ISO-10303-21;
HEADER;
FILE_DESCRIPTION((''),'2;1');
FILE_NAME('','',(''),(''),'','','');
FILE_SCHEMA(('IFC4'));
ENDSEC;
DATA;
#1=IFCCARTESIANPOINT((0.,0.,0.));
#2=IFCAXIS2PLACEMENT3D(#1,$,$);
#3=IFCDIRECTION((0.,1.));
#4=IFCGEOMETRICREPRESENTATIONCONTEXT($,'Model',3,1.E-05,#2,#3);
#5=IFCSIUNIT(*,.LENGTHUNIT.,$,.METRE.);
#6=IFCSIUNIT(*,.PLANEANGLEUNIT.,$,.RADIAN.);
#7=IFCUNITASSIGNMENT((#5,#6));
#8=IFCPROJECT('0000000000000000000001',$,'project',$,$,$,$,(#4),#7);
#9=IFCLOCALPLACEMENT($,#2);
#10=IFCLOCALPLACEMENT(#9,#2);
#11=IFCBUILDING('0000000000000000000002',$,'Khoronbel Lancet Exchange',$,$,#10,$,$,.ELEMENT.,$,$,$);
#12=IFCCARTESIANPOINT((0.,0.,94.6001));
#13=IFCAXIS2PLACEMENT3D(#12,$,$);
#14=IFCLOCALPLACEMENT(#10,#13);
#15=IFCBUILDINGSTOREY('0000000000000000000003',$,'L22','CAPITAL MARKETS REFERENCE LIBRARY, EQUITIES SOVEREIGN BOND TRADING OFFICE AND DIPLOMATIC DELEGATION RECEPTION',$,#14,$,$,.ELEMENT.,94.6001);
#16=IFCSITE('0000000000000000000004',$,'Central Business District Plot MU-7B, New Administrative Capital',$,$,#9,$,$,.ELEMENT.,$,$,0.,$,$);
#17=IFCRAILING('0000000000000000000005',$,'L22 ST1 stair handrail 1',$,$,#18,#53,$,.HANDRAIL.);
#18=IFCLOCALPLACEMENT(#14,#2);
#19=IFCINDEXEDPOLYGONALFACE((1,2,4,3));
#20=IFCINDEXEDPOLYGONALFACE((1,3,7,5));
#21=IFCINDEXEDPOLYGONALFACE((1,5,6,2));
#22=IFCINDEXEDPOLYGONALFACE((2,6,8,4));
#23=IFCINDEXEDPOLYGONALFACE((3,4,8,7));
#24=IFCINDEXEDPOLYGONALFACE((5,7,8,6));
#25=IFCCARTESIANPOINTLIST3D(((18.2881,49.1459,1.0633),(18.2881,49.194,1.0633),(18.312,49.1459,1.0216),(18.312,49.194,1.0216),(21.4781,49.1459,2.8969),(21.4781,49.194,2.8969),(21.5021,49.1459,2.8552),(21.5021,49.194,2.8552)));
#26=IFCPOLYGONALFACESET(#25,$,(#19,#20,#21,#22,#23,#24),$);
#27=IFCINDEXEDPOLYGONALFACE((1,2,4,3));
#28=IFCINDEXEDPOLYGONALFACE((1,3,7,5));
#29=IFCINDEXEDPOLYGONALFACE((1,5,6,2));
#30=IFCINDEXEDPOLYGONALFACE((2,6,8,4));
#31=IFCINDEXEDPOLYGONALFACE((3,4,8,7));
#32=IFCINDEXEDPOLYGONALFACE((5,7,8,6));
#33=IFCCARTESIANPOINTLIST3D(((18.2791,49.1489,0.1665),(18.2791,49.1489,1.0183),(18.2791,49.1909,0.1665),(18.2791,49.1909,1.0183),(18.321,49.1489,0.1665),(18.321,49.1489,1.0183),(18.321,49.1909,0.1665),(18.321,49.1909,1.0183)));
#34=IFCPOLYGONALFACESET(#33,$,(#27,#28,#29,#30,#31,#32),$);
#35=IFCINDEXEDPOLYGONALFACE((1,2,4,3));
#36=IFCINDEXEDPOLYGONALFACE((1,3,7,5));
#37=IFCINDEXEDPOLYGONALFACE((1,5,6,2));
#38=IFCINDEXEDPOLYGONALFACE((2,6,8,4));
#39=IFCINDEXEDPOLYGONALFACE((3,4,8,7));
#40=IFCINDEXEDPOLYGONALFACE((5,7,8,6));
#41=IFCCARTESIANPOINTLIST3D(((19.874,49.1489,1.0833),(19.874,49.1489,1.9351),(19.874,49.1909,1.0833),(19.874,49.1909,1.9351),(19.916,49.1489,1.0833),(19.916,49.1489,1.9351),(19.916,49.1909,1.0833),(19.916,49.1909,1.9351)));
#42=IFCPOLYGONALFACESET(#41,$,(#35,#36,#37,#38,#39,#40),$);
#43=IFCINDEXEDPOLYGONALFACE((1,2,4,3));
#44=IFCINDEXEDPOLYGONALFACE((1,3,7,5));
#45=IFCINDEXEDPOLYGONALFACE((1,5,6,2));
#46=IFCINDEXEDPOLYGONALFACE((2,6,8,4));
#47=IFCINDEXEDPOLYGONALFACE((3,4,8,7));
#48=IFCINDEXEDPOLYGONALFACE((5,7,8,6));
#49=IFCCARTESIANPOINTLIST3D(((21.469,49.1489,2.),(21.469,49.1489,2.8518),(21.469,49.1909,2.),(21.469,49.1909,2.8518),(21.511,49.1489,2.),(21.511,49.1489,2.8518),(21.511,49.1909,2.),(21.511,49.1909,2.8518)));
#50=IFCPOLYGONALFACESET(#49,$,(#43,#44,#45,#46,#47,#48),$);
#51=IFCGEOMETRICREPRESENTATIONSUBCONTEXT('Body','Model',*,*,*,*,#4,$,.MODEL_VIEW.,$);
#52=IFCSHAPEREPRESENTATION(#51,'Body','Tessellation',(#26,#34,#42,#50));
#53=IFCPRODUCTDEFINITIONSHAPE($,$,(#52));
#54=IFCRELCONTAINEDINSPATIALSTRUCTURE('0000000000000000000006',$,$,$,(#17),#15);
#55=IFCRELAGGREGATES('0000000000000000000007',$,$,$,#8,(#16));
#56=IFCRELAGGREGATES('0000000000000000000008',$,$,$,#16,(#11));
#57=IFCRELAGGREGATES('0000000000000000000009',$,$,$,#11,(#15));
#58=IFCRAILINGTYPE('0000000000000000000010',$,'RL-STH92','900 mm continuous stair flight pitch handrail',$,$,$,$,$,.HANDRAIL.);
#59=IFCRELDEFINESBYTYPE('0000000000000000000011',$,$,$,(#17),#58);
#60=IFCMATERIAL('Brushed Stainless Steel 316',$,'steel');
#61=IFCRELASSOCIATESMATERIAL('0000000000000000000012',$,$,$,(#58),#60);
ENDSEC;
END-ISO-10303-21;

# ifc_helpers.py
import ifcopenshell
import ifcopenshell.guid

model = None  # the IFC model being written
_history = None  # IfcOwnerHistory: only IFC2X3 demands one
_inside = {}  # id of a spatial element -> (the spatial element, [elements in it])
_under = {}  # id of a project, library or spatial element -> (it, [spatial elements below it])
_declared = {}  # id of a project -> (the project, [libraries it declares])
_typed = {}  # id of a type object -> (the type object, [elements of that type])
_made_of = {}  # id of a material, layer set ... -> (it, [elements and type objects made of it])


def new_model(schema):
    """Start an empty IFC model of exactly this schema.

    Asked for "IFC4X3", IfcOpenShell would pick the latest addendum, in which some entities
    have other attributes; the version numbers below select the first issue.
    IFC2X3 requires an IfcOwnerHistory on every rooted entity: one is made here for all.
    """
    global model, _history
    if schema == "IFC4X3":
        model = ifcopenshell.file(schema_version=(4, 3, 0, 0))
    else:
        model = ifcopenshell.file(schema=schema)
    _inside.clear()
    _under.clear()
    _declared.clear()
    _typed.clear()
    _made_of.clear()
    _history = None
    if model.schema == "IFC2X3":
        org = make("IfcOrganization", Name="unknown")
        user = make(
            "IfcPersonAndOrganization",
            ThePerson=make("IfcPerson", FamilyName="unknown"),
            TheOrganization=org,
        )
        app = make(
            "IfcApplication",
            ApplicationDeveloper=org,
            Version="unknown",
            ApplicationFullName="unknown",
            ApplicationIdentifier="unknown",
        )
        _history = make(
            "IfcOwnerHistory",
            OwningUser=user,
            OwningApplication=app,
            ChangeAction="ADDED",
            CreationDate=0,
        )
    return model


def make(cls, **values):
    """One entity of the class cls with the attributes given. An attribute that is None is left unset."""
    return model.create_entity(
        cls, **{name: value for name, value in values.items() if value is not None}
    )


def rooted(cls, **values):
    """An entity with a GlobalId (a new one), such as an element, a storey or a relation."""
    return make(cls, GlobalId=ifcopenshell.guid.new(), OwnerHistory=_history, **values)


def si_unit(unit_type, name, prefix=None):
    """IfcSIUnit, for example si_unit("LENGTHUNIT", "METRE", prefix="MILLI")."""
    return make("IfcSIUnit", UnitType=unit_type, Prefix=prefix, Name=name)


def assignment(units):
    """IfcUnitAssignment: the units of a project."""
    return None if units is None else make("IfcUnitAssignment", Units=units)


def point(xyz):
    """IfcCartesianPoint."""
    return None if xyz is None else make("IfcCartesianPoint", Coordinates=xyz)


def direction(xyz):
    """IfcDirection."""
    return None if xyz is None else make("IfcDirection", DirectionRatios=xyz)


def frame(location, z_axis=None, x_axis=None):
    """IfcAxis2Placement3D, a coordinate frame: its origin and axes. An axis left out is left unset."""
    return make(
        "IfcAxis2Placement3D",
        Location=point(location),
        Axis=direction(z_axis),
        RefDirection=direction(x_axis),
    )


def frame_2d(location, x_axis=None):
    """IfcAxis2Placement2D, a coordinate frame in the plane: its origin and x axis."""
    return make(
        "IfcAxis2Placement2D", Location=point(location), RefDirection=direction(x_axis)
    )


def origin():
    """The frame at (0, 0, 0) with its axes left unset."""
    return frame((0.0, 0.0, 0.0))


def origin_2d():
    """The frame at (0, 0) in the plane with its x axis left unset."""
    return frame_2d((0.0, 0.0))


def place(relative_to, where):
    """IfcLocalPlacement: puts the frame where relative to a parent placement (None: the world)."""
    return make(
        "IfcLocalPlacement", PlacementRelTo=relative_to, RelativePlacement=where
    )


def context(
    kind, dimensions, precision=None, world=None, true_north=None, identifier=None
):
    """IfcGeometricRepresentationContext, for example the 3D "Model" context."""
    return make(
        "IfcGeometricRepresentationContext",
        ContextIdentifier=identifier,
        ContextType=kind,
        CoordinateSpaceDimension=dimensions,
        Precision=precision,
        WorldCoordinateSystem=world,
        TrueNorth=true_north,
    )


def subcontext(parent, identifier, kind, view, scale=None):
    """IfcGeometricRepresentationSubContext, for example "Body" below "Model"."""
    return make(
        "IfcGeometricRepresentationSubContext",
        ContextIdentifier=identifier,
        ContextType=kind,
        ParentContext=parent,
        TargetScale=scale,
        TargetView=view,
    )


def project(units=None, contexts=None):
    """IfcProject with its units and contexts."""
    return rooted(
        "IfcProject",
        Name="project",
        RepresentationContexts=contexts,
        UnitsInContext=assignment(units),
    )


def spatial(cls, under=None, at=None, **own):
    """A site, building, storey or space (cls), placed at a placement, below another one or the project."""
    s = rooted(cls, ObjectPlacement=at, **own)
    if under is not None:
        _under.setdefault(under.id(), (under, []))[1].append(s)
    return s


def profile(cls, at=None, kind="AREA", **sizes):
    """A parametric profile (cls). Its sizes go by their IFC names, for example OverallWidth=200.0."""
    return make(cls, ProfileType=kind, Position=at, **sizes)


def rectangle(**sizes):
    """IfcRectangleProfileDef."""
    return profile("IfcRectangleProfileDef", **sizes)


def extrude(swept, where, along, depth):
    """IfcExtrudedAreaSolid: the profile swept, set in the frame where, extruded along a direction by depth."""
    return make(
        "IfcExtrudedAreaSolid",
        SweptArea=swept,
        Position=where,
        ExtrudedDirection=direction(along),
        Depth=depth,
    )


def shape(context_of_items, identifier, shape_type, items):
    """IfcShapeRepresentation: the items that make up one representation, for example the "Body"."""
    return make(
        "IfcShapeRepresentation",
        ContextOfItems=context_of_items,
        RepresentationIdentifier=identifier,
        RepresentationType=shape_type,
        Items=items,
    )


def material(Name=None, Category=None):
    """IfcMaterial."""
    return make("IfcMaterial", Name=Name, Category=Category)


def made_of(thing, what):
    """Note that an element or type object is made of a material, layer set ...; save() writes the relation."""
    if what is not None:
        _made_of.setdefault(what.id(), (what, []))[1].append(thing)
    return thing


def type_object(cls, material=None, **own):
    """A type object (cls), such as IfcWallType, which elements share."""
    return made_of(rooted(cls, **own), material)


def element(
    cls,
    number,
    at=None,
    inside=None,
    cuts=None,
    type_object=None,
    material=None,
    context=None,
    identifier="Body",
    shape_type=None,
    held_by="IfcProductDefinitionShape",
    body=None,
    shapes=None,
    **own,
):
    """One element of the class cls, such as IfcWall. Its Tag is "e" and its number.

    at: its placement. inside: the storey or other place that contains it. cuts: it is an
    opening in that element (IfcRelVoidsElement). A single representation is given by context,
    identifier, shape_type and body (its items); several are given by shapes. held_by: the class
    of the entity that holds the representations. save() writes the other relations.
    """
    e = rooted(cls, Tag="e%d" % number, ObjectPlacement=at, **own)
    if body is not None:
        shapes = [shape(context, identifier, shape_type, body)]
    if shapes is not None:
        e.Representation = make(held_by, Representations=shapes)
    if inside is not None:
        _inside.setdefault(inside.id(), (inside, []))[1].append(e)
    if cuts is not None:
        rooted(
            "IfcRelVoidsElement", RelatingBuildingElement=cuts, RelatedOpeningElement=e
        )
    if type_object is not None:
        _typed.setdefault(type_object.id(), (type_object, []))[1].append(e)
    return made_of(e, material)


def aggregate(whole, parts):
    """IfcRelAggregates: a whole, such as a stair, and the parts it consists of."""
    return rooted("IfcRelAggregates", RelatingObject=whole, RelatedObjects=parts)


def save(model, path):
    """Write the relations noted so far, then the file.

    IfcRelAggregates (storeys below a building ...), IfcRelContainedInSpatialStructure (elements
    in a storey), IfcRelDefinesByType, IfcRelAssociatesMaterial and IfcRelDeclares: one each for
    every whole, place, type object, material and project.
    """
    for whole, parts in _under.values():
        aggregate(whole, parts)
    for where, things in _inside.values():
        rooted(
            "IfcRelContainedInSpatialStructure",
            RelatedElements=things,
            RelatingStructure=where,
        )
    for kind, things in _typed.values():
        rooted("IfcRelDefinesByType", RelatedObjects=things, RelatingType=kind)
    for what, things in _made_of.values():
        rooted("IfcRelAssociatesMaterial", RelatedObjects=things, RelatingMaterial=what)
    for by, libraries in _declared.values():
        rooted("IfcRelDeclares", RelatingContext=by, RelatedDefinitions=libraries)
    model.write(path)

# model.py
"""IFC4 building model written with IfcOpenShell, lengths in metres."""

from ifc_helpers import new_model, si_unit, direction, frame, origin, origin_2d, place, context, subcontext, project, spatial, rectangle, extrude, material, type_object, element, save


model = new_model("IFC4")

# Units and contexts
model_context = context("Model", 3, precision=1e-05, world=origin(), true_north=direction((0.0, 1.0)))
body_context = subcontext(model_context, "Body", "Model", "MODEL_VIEW")
ifc_project = project(units=[si_unit("LENGTHUNIT", "METRE"), si_unit("PLANEANGLEUNIT", "RADIAN")], contexts=[model_context])

# Site, building, storey
site_placement = place(None, origin())
site = spatial("IfcSite", under=ifc_project, at=site_placement, Name="Central Business District Plot MU-7B, New Administrative Capital", CompositionType="ELEMENT", RefElevation=0.0)
building_placement = place(site_placement, origin())
building = spatial("IfcBuilding", under=site, at=building_placement, Name="Khoronbel Lancet Exchange", CompositionType="ELEMENT")
storey_placement = place(building_placement, frame((0.0, 0.0, 94.6001)))
storey = spatial("IfcBuildingStorey", under=building, at=storey_placement, Name="L22", Description="CAPITAL MARKETS REFERENCE LIBRARY, EQUITIES SOVEREIGN BOND TRADING OFFICE AND DIPLOMATIC DELEGATION RECEPTION", CompositionType="ELEMENT", Elevation=94.6001)

# Railing
ifc_material_1 = material(Name="Brushed Stainless Steel 316", Category="steel")
railing_type_1 = type_object("IfcRailingType", Name="RL-STH92", Description="900 mm continuous stair flight pitch handrail", PredefinedType="HANDRAIL", material=ifc_material_1)
railing_1_placement = place(storey_placement, frame((18.3, 49.1699, 0.1665)))
element("IfcRailing", 1, at=railing_1_placement, inside=storey, type_object=railing_type_1, Name="L22 ST1 stair handrail 1", PredefinedType="HANDRAIL", context=body_context, shape_type="SweptSolid", body=[
    extrude(rectangle(XDim=0.0481, YDim=0.0481, at=origin_2d()), frame((0.0, 0.0, 0.876), z_axis=(0.866991, 0.0, 0.498324), x_axis=(0.0, 1.0, 0.0)), (0.0, 0.0, 1.0), 3.6794),
    extrude(rectangle(XDim=0.042, YDim=0.042, at=origin_2d()), origin(), (0.0, 0.0, 1.0), 0.8518),
    extrude(rectangle(XDim=0.042, YDim=0.042, at=origin_2d()), frame((1.595, 0.0, 0.9167)), (0.0, 0.0, 1.0), 0.8518),
    extrude(rectangle(XDim=0.042, YDim=0.042, at=origin_2d()), frame((3.1899, 0.0, 1.8335)), (0.0, 0.0, 1.0), 0.8518),
])

save(model, "model.ifc")
